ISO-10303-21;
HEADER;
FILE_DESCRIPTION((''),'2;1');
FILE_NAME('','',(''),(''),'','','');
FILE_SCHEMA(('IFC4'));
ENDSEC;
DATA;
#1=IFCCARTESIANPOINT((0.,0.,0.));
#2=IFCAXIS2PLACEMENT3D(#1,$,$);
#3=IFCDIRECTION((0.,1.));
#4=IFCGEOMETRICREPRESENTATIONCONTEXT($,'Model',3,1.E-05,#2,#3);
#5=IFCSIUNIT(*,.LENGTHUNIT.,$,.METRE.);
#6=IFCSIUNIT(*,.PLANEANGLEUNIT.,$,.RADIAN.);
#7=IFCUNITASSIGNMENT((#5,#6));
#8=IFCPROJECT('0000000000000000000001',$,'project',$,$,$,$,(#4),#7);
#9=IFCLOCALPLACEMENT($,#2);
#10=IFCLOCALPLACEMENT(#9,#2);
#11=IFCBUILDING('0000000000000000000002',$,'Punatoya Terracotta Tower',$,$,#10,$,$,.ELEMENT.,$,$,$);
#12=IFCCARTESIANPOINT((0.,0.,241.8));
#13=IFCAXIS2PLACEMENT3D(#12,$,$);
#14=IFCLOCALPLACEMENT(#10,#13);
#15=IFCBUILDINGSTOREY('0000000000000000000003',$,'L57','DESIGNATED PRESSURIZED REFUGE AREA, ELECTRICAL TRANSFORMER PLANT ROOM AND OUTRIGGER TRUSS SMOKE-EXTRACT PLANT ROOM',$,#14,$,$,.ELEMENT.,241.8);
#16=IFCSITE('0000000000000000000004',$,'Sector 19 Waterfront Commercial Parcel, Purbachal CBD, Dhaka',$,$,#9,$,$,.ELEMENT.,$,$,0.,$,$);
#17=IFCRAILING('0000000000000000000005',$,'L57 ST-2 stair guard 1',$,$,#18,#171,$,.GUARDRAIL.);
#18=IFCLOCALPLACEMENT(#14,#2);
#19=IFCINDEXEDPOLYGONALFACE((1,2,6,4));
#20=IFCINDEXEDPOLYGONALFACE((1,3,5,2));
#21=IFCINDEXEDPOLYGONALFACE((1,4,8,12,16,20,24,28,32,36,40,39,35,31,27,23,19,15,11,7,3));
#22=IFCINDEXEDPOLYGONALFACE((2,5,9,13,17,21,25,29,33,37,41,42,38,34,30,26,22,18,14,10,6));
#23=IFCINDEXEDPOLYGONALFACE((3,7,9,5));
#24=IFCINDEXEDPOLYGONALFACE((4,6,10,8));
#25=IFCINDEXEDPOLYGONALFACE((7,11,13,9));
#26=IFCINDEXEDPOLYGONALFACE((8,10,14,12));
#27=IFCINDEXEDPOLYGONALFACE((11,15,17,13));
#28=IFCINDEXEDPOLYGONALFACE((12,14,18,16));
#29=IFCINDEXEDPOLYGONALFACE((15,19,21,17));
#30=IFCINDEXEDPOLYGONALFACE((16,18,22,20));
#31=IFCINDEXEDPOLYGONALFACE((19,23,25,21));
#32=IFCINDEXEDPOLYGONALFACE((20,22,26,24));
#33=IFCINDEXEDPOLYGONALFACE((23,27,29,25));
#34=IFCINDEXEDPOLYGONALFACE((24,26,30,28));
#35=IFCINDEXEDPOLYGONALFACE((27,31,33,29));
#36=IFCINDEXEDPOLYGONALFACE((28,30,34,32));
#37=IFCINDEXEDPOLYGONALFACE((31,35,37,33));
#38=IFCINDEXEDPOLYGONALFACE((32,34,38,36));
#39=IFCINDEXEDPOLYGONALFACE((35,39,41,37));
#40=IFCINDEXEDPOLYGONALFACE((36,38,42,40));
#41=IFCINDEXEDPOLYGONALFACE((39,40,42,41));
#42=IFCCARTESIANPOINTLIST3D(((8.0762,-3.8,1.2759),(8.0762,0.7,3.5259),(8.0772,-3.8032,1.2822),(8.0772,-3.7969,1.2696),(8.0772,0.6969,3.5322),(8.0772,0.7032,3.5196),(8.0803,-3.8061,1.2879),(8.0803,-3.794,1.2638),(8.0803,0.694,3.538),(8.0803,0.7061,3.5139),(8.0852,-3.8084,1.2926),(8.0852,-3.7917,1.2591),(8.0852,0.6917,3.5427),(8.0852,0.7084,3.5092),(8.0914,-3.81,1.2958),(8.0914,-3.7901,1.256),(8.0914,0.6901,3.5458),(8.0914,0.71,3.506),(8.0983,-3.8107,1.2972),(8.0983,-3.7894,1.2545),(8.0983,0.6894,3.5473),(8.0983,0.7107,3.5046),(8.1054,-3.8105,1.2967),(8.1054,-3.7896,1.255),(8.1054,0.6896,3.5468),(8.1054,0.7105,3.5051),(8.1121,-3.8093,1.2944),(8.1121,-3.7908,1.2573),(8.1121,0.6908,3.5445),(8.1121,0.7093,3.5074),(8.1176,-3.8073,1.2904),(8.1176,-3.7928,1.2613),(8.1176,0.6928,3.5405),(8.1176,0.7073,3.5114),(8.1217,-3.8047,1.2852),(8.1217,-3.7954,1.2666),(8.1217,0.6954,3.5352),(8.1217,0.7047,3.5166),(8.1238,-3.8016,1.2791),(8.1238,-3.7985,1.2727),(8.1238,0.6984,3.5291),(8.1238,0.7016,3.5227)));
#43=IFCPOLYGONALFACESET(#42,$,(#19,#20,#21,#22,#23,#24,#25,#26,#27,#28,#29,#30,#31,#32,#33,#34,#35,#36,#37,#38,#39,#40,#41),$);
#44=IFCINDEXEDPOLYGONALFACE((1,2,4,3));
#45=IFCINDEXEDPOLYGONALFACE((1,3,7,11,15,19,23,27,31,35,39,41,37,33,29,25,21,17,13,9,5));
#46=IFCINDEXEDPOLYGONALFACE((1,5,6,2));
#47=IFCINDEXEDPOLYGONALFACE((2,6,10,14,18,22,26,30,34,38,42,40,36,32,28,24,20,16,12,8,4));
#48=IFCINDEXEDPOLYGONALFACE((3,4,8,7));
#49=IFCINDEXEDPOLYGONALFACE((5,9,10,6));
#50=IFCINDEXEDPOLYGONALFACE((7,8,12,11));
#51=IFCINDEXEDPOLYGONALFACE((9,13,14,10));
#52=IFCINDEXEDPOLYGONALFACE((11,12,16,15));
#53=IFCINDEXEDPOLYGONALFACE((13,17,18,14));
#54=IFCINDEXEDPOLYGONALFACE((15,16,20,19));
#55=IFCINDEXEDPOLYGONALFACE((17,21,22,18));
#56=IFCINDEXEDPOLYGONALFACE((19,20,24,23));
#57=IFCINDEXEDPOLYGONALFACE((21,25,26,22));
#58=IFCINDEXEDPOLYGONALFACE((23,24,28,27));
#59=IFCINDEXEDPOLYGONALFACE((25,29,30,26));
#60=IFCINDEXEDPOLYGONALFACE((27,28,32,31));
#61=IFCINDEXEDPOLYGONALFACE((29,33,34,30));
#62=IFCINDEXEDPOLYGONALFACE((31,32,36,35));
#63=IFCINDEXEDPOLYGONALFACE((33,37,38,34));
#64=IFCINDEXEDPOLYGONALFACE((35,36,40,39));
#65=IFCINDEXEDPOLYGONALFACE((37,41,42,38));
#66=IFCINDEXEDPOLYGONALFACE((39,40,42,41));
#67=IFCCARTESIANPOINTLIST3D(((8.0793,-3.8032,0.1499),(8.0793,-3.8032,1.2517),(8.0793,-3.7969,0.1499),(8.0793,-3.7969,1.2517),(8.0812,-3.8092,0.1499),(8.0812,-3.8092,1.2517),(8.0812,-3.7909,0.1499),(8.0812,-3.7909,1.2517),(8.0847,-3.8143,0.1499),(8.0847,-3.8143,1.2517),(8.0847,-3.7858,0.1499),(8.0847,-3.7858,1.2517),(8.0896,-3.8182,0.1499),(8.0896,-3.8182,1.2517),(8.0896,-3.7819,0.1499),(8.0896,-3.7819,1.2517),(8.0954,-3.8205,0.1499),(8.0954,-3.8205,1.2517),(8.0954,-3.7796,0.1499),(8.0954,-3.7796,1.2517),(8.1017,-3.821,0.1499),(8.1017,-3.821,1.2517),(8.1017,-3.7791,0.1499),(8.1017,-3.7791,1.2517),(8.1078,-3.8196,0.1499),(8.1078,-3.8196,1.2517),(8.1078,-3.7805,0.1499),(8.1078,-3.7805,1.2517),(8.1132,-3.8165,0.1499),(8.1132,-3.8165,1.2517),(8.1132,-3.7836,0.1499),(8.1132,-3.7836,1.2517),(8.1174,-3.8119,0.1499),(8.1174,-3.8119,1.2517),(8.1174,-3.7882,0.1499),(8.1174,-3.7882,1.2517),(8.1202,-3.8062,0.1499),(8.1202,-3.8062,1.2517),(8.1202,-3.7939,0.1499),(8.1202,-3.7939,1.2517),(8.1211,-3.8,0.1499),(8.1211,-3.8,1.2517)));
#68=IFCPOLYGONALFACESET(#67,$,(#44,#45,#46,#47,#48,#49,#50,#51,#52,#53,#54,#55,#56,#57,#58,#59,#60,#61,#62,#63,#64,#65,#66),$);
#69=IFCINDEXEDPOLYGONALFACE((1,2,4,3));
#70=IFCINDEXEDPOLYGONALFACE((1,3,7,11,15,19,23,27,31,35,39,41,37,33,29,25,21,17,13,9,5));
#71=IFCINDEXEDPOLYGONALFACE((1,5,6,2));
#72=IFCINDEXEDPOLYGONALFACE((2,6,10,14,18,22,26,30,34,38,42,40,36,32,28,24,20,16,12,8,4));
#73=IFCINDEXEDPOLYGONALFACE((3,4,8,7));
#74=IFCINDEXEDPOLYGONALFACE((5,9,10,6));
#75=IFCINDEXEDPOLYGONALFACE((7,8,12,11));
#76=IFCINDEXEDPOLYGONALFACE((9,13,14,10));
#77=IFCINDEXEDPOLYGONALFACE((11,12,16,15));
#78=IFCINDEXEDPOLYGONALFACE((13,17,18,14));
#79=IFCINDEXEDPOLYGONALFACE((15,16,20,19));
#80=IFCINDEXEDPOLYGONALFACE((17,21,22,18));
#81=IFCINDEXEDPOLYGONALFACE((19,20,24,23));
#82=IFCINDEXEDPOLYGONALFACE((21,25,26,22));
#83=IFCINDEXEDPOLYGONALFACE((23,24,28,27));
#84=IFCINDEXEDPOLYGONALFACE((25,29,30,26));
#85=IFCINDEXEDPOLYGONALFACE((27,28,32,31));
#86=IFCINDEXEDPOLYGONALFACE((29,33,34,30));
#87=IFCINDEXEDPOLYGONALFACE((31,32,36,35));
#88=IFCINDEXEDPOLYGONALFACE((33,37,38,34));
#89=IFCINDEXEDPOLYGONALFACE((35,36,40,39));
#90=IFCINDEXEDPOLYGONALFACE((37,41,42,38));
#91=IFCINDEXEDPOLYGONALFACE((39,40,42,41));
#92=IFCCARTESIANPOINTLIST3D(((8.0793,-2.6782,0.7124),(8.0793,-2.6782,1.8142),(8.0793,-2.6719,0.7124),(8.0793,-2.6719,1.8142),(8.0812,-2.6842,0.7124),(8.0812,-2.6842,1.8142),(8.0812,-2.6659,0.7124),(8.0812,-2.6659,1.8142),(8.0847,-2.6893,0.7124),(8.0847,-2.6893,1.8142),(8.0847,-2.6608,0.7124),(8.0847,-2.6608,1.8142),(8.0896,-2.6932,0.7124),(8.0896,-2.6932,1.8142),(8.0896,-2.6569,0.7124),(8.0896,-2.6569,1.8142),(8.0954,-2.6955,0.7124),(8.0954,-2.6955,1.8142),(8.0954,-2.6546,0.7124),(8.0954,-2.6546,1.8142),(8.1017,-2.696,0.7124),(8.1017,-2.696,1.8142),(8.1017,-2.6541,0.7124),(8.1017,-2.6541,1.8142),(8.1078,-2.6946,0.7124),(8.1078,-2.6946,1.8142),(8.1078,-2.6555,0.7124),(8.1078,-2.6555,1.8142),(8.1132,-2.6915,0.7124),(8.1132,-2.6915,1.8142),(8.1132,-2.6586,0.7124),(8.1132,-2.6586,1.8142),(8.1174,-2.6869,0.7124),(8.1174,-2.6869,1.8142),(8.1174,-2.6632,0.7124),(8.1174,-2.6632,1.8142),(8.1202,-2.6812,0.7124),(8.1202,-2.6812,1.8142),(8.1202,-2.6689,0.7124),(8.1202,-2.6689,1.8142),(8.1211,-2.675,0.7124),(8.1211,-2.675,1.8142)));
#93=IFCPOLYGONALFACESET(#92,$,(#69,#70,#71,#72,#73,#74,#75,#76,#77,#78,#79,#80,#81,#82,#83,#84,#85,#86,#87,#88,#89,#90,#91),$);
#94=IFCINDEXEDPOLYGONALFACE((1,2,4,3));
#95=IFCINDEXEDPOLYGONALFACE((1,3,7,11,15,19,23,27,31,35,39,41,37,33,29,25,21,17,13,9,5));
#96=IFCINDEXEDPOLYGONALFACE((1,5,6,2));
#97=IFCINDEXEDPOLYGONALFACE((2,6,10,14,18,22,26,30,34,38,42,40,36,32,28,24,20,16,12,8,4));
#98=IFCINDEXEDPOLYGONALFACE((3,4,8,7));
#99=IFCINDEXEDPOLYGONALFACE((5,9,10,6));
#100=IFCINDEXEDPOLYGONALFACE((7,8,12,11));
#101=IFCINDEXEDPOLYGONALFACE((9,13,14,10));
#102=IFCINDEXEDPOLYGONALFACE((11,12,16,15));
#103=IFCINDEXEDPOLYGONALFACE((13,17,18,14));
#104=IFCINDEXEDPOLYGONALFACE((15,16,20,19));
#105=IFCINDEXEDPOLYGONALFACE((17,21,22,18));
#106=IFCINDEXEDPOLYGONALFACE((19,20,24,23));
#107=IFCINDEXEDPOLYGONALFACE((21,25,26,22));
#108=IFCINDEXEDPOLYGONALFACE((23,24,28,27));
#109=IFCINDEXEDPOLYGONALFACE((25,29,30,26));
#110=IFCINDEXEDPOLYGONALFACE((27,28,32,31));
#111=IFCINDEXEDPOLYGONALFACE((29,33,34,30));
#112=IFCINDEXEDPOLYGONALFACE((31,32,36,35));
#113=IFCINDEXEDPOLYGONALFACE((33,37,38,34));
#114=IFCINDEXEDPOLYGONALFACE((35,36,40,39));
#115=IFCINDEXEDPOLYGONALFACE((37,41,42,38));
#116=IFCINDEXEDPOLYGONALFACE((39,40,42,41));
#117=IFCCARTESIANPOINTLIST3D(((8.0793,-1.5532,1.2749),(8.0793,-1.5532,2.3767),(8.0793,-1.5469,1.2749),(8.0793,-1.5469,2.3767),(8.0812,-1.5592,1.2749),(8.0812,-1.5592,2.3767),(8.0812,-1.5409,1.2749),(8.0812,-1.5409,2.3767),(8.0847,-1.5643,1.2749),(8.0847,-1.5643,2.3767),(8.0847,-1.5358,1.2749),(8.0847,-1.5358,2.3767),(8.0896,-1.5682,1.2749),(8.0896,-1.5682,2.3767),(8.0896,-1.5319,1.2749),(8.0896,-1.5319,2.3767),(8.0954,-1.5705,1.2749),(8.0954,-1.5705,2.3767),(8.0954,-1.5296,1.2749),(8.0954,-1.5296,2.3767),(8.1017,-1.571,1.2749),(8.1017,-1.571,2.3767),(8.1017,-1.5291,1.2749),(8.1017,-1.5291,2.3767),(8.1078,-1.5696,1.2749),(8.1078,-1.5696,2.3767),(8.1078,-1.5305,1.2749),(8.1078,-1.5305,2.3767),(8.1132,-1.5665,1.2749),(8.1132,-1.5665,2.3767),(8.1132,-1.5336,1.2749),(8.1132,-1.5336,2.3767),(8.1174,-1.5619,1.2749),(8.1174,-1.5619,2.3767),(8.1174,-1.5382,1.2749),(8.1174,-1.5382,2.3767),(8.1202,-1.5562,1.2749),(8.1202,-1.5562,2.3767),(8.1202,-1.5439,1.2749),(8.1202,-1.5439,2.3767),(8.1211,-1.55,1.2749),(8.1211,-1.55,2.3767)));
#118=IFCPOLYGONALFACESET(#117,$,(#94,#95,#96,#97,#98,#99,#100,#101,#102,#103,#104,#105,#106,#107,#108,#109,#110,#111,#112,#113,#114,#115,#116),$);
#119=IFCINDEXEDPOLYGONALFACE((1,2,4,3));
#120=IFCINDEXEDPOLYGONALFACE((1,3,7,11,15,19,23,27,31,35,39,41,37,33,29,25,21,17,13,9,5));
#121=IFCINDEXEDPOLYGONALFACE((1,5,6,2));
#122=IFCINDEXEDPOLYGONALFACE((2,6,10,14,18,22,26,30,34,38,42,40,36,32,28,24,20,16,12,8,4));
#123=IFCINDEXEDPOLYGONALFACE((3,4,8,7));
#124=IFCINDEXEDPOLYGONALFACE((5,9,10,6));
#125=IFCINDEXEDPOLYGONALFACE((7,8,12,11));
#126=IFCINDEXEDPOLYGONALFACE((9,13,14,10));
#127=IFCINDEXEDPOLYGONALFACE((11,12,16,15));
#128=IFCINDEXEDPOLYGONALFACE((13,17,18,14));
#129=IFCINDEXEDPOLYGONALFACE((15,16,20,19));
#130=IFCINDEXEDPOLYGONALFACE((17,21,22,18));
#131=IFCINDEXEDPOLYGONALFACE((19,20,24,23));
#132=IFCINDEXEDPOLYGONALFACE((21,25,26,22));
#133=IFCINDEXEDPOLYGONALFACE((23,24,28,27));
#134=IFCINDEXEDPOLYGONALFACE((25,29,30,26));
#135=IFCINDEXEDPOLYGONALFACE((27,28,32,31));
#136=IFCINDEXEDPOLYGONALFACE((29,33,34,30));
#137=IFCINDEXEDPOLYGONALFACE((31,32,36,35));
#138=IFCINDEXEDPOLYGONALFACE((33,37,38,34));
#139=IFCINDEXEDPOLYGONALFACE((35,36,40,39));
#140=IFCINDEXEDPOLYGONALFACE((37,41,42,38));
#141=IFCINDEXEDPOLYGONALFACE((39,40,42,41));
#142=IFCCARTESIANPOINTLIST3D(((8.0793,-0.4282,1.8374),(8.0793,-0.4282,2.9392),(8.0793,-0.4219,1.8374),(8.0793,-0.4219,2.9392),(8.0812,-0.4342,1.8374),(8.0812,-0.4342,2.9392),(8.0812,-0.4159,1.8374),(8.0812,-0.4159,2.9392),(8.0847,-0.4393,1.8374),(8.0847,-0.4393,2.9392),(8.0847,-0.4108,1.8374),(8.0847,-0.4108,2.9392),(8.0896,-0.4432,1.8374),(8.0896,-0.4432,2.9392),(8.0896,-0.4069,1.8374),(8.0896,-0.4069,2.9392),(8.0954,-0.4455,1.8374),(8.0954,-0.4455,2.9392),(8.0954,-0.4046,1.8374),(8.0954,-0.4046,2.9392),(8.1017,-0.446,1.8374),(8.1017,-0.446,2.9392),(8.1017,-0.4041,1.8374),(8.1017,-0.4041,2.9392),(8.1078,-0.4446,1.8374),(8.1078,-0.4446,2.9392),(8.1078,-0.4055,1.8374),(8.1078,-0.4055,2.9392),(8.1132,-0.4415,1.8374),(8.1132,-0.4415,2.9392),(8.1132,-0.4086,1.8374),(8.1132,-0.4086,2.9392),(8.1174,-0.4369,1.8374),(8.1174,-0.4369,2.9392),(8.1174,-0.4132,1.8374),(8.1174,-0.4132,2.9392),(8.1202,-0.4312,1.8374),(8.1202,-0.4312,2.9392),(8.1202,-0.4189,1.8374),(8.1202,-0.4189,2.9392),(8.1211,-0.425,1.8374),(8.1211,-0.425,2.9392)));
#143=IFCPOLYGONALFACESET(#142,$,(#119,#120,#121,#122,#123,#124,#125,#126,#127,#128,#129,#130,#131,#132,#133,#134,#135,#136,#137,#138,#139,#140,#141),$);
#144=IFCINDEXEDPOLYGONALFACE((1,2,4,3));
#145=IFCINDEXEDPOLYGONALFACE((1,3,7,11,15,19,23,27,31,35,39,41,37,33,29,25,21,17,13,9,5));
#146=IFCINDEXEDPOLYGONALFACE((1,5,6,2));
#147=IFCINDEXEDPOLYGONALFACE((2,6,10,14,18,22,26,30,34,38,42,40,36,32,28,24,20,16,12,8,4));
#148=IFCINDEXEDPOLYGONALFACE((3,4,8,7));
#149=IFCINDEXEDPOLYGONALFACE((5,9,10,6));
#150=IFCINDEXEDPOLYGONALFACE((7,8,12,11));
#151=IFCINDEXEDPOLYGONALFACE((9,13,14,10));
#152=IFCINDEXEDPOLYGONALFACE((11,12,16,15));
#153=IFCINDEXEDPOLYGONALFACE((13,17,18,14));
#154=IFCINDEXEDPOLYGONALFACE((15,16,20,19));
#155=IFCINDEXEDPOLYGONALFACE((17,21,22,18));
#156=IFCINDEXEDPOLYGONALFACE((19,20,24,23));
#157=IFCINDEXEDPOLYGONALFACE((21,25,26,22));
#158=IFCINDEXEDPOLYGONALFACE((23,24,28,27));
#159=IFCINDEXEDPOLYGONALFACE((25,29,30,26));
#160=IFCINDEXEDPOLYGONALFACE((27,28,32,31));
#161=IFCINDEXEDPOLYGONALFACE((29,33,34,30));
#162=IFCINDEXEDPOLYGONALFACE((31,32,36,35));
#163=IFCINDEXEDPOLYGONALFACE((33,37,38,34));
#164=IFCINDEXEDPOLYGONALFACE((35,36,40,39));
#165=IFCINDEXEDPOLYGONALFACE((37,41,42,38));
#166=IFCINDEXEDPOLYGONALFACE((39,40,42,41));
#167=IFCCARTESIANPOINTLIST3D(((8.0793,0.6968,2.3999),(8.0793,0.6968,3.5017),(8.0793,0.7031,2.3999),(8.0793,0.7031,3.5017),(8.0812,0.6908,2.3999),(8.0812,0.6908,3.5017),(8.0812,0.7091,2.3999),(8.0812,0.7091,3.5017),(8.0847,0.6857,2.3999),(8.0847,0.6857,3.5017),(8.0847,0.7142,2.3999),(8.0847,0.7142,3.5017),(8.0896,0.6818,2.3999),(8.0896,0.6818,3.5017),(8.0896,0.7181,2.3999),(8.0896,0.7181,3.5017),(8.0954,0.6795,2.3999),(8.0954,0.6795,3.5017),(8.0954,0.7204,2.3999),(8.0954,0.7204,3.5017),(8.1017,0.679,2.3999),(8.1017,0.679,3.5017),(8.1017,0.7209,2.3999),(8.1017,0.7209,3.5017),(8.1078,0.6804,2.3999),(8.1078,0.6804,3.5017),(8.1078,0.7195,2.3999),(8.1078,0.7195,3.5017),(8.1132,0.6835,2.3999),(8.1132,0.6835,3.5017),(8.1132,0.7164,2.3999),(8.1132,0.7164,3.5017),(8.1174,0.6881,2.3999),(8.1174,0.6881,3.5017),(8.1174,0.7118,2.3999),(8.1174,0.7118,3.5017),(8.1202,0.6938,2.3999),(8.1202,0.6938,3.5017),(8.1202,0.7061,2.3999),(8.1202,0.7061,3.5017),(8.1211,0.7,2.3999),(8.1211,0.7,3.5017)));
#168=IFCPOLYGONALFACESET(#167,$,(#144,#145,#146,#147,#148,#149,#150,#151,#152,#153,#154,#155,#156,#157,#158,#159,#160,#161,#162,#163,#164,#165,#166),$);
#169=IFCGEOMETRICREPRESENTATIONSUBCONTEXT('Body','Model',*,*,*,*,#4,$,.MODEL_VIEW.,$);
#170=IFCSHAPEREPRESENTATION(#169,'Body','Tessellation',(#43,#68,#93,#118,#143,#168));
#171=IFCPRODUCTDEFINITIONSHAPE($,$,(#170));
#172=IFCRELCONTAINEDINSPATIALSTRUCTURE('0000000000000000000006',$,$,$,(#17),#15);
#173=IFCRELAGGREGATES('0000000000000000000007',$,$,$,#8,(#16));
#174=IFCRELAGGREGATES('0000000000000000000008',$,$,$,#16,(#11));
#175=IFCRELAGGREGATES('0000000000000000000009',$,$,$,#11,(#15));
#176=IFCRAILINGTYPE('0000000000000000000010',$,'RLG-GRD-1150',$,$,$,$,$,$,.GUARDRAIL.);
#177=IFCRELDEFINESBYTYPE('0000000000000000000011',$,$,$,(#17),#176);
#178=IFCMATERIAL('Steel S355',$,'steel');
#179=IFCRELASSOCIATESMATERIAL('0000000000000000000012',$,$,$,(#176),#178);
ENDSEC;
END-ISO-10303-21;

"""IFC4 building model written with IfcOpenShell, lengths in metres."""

from ifc_helpers import new_model, si_unit, direction, frame, origin, origin_2d, place, context, subcontext, project, spatial, circle, extrude, material, type_object, element, save


model = new_model("IFC4")

# Units and contexts
model_context = context("Model", 3, precision=1e-05, world=origin(), true_north=direction((0.0, 1.0)))
body_context = subcontext(model_context, "Body", "Model", "MODEL_VIEW")
ifc_project = project(units=[si_unit("LENGTHUNIT", "METRE"), si_unit("PLANEANGLEUNIT", "RADIAN")], contexts=[model_context])

# Site, building, storey
site_placement = place(None, origin())
site = spatial("IfcSite", under=ifc_project, at=site_placement, Name="Sector 19 Waterfront Commercial Parcel, Purbachal CBD, Dhaka", CompositionType="ELEMENT", RefElevation=0.0)
building_placement = place(site_placement, origin())
building = spatial("IfcBuilding", under=site, at=building_placement, Name="Punatoya Terracotta Tower", CompositionType="ELEMENT")
storey_placement = place(building_placement, frame((0.0, 0.0, 241.8)))
storey = spatial("IfcBuildingStorey", under=building, at=storey_placement, Name="L57", Description="DESIGNATED PRESSURIZED REFUGE AREA, ELECTRICAL TRANSFORMER PLANT ROOM AND OUTRIGGER TRUSS SMOKE-EXTRACT PLANT ROOM", CompositionType="ELEMENT", Elevation=241.8)

# Shared definitions
ifc_material_1 = material(Name="Steel S355", Category="steel")

# Railing
railing_type_1 = type_object("IfcRailingType", Name="RLG-GRD-1150", PredefinedType="GUARDRAIL", material=ifc_material_1)
railing_1_placement = place(storey_placement, frame((8.1001, -3.8, 0.1499)))
element("IfcRailing", 1, at=railing_1_placement, inside=storey, type_object=railing_type_1, Name="L57 ST-2 stair guard 1", PredefinedType="GUARDRAIL", context=body_context, shape_type="SweptSolid", body=[
    extrude(circle(Radius=0.0239, at=origin_2d()), frame((0.0, 0.0, 1.126), z_axis=(0.0, 0.894427, 0.447214), x_axis=(-1.0, 0.0, 0.0)), (0.0, 0.0, 1.0), 5.0312),
    extrude(circle(Radius=0.021, at=origin_2d()), origin(), (0.0, 0.0, 1.0), 1.1018),
    extrude(circle(Radius=0.021, at=origin_2d()), frame((0.0, 1.125, 0.5625)), (0.0, 0.0, 1.0), 1.1018),
    extrude(circle(Radius=0.021, at=origin_2d()), frame((0.0, 2.25, 1.125)), (0.0, 0.0, 1.0), 1.1018),
    extrude(circle(Radius=0.021, at=origin_2d()), frame((0.0, 3.375, 1.6875)), (0.0, 0.0, 1.0), 1.1018),
    extrude(circle(Radius=0.021, at=origin_2d()), frame((0.0, 4.5, 2.25)), (0.0, 0.0, 1.0), 1.1018),
])

save(model, "model.ifc")
